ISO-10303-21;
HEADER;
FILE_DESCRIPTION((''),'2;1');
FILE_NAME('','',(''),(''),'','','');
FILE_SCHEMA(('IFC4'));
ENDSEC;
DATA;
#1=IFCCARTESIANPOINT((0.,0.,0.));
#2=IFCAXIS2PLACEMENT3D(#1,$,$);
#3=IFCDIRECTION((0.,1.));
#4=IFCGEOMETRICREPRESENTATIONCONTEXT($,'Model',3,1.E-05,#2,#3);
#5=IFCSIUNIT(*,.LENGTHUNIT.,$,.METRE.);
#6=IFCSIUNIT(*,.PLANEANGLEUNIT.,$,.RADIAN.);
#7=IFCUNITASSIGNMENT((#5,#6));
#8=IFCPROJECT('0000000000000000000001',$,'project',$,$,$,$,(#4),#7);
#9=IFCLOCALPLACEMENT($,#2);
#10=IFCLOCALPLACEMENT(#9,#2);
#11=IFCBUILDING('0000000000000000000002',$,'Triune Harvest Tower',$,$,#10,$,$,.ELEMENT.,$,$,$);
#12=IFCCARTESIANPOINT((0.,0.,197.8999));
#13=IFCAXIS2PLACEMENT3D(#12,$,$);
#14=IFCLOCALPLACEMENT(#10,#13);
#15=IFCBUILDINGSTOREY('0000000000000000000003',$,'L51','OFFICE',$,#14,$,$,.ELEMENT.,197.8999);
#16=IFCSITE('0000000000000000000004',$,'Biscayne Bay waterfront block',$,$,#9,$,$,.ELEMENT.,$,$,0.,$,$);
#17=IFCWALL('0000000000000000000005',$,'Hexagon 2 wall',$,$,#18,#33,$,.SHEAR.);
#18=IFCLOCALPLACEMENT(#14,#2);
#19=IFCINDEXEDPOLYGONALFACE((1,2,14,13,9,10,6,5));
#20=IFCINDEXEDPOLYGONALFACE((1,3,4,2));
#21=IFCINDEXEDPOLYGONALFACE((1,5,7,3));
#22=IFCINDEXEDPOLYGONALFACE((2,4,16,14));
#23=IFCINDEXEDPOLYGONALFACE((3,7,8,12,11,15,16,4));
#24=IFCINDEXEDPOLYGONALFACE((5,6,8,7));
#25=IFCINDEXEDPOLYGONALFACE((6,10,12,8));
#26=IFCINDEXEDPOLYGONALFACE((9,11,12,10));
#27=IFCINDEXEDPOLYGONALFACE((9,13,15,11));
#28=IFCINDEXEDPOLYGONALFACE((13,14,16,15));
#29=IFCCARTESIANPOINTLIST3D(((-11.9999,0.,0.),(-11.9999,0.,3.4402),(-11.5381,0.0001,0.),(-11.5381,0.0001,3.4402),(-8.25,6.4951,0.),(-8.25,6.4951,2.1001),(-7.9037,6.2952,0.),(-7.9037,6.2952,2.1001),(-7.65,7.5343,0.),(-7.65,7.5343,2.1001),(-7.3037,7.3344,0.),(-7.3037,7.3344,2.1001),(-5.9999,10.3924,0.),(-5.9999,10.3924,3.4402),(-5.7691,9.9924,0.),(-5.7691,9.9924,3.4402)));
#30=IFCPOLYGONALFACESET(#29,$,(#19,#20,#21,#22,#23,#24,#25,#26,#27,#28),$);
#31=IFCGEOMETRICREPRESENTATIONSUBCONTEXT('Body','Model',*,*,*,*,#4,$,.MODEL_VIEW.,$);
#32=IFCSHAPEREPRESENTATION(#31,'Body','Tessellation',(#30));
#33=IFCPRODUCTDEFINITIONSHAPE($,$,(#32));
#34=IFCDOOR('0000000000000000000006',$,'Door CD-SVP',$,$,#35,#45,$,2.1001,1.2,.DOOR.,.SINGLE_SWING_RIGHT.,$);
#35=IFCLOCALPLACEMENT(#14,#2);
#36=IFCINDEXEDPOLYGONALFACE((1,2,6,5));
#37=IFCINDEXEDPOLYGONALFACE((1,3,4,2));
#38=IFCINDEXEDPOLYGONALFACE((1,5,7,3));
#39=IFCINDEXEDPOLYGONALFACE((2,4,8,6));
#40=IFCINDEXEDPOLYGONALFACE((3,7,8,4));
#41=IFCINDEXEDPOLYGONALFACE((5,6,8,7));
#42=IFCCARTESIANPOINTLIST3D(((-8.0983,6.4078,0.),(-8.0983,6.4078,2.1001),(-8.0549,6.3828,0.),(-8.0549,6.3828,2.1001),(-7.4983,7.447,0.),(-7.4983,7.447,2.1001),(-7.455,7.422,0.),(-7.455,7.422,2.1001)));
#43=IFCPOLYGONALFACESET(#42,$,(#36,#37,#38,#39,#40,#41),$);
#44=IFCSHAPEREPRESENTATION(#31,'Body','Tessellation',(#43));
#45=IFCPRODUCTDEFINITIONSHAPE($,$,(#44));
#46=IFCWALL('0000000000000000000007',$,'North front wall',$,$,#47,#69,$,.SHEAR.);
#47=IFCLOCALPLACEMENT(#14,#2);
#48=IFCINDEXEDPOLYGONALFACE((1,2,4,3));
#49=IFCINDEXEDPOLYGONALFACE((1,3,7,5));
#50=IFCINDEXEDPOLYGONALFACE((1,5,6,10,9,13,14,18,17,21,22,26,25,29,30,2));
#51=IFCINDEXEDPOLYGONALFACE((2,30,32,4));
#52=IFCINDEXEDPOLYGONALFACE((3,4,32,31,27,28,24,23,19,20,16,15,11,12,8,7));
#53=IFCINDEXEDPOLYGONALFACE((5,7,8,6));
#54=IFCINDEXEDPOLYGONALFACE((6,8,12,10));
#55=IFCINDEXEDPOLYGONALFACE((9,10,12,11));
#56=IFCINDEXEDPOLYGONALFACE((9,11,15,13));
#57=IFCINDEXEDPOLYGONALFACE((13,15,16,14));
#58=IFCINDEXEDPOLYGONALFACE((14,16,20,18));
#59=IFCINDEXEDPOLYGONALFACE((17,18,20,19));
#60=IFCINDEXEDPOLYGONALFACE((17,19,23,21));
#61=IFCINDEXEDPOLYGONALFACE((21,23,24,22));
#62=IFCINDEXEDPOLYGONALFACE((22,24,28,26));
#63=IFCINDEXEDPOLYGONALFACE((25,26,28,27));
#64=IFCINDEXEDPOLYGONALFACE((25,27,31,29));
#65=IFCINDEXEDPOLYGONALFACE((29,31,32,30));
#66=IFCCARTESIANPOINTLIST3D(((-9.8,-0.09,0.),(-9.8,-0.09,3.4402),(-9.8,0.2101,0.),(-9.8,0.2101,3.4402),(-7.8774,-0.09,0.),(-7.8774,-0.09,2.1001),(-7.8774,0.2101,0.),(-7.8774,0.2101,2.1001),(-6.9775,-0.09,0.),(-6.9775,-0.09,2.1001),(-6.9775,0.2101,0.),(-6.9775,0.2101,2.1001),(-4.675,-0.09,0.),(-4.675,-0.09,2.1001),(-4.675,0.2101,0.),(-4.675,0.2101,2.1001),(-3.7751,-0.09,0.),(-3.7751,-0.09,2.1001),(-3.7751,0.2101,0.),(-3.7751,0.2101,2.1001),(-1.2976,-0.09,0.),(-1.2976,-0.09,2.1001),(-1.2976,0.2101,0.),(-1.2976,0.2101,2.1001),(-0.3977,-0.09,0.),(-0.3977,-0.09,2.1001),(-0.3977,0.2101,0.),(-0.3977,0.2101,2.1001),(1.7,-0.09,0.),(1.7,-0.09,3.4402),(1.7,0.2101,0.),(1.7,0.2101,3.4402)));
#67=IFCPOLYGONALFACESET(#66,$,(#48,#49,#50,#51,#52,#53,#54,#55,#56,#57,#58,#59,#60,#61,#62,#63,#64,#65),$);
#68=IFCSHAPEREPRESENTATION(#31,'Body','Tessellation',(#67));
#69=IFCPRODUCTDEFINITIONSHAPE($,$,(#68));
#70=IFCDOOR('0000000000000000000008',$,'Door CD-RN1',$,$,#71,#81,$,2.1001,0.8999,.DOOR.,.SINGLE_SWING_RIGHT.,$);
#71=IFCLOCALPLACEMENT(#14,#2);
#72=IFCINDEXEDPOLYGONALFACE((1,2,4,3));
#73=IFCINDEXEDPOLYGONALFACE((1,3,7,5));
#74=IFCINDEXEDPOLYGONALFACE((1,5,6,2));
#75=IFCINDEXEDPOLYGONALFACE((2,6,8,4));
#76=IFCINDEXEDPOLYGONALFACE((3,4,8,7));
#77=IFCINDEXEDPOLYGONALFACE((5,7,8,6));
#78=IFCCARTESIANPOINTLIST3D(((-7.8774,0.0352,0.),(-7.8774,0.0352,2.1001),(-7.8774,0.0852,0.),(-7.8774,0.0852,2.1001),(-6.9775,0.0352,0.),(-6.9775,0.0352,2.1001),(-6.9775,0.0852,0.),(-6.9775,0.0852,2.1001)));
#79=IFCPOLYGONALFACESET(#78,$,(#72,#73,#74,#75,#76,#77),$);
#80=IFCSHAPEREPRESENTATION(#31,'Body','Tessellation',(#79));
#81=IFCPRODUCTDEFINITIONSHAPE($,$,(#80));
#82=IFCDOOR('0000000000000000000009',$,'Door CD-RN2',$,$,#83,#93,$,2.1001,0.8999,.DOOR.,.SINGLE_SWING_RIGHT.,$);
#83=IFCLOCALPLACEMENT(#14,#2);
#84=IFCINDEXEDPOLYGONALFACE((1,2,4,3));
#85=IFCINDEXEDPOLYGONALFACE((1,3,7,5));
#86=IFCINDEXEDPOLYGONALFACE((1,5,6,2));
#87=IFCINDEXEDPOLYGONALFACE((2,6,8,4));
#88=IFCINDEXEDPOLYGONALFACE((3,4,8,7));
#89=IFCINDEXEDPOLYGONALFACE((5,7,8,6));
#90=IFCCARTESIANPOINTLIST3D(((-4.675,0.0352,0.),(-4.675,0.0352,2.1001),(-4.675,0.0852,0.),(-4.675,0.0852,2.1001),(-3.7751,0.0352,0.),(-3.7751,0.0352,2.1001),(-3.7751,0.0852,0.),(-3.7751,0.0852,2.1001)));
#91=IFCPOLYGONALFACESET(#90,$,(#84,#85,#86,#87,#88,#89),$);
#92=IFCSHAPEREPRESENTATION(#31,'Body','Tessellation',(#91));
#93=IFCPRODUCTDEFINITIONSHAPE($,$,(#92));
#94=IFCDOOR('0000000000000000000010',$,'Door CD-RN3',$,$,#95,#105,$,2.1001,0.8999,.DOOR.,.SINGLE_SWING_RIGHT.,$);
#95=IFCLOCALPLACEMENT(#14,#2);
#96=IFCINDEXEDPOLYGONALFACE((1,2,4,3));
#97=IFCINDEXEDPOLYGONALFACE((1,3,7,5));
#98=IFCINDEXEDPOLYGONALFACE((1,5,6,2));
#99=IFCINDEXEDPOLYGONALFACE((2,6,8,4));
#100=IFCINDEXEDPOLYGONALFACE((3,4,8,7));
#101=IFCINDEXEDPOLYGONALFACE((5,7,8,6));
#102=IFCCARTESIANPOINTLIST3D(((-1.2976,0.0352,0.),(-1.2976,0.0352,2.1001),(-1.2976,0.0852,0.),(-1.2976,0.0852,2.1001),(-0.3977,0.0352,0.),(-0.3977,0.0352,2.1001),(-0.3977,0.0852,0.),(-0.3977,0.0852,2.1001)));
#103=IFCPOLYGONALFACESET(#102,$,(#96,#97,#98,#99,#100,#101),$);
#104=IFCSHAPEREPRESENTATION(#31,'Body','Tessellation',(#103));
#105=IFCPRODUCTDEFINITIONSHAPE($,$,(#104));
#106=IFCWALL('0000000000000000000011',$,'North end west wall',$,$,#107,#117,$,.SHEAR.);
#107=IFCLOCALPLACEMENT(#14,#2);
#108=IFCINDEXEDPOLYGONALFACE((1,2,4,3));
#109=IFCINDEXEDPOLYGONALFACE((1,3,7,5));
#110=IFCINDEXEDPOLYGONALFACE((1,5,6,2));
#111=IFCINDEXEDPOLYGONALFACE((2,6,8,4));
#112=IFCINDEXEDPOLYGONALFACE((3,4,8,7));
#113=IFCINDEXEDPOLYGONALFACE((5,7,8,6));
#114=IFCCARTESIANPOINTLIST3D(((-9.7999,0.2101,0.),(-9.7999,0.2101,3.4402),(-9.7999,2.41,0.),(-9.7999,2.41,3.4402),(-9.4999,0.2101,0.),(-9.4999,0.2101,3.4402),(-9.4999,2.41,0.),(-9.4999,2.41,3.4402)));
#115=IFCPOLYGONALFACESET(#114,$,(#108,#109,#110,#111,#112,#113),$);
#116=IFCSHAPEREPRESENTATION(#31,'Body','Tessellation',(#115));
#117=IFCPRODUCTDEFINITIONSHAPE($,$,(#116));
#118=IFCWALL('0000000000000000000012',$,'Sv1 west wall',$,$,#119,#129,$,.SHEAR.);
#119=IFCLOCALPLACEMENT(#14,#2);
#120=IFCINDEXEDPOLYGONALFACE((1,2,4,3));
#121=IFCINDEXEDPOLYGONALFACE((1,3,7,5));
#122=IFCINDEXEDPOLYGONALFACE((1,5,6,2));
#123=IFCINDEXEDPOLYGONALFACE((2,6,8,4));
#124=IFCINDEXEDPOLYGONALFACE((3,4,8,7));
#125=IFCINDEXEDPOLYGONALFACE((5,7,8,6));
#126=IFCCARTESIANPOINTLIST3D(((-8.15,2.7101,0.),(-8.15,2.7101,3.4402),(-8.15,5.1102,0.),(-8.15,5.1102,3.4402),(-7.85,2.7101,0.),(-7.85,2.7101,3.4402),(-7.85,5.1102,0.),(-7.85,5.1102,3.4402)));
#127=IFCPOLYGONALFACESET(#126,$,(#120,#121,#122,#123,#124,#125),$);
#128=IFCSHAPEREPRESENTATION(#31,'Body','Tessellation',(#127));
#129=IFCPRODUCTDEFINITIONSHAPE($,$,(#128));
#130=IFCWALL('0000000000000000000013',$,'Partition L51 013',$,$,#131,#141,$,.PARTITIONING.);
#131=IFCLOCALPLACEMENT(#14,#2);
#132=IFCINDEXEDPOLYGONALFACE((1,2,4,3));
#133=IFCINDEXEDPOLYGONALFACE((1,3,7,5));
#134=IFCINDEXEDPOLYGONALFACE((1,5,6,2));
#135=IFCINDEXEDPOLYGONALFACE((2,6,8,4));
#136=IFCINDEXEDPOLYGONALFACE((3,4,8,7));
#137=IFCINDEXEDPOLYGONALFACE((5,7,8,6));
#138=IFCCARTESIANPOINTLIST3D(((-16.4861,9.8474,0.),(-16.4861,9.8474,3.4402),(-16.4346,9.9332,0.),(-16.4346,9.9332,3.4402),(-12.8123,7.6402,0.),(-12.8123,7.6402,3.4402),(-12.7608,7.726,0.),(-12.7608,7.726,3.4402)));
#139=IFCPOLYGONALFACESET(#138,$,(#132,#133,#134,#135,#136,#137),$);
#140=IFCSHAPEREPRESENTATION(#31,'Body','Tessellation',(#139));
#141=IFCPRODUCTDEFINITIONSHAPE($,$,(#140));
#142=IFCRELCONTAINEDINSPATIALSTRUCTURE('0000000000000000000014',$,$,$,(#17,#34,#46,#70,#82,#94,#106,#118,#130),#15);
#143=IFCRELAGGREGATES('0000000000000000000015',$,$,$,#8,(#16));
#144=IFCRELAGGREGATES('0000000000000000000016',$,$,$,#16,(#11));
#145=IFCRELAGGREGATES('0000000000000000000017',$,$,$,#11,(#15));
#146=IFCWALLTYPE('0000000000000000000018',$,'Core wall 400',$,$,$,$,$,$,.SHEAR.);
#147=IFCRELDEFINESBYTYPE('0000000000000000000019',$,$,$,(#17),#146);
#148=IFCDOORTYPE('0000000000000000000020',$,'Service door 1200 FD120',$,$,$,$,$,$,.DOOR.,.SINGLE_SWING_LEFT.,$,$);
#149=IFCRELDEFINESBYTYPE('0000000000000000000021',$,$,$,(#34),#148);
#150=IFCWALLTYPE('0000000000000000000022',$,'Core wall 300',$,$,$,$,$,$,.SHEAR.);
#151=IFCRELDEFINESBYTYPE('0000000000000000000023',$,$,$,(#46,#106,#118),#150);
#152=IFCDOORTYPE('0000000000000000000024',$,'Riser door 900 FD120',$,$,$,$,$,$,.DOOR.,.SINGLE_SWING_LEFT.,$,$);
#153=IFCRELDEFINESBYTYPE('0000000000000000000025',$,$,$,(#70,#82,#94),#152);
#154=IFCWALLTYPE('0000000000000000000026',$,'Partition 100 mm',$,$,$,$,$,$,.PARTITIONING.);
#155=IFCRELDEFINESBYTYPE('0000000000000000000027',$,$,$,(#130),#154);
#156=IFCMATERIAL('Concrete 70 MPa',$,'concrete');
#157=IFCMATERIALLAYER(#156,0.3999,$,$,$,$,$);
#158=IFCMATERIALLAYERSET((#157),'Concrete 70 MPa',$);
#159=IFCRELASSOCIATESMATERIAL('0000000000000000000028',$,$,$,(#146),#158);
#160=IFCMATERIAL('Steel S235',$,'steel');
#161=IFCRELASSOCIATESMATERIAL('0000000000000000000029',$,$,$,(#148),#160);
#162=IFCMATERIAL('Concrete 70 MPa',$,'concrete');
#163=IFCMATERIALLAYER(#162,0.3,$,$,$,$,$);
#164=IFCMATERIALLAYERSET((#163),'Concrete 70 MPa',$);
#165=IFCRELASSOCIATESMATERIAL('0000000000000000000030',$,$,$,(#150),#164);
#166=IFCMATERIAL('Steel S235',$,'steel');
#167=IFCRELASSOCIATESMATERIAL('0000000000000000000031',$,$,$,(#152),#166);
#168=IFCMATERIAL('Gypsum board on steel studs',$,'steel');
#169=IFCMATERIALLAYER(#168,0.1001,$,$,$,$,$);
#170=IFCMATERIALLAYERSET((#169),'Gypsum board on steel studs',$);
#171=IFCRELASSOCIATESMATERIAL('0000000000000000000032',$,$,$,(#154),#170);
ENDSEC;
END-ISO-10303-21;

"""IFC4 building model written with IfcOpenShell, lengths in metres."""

from ifc_helpers import new_model, si_unit, direction, frame, frame_2d, origin, place, context, subcontext, project, spatial, polyline, rectangle, outline, extrude, source, transform, mapped, material, layer, layer_set, type_object, element, fill, save


model = new_model("IFC4")

# Units and contexts
model_context = context("Model", 3, precision=1e-05, world=origin(), true_north=direction((0.0, 1.0)))
body_context = subcontext(model_context, "Body", "Model", "MODEL_VIEW")
ifc_project = project(units=[si_unit("LENGTHUNIT", "METRE"), si_unit("PLANEANGLEUNIT", "RADIAN")], contexts=[model_context])

# Site, building, storey
site_placement = place(None, origin())
site = spatial("IfcSite", under=ifc_project, at=site_placement, Name="Biscayne Bay waterfront block", CompositionType="ELEMENT", RefElevation=0.0)
building_placement = place(site_placement, origin())
building = spatial("IfcBuilding", under=site, at=building_placement, Name="Triune Harvest Tower", CompositionType="ELEMENT")
storey_placement = place(building_placement, frame((0.0, 0.0, 197.8999)))
storey = spatial("IfcBuildingStorey", under=building, at=storey_placement, Name="L51", Description="OFFICE", CompositionType="ELEMENT", Elevation=197.8999)

# Wall, opening, door
ifc_material_1 = material(Name="Concrete 70 MPa", Category="concrete")
ifc_layer_1 = layer(ifc_material_1, 0.3999)
ifc_layer_set_1 = layer_set([ifc_layer_1], Name="Concrete 70 MPa")
wall_type_1 = type_object("IfcWallType", Name="Core wall 400", PredefinedType="SHEAR", material=ifc_layer_set_1)
shared_shape_1 = source(origin(), body_context, "Body", "SweptSolid", [
    extrude(outline(polyline([(-0.1155, -0.2), (11.8845, -0.2), (11.6536, 0.2), (0.1155, 0.2), (-0.1155, -0.2)])), origin(), (0.0, 0.0, 1.0), 3.4402),
])
wall_1_placement = place(storey_placement, frame((-5.8845, 10.1924, 0.0), z_axis=(0.0, 0.0, 1.0), x_axis=(-0.499997, -0.866027, 0.0)))
wall_1 = element("IfcWall", 1, at=wall_1_placement, inside=storey, type_object=wall_type_1, Name="Hexagon 2 wall", PredefinedType="SHEAR", context=body_context, shape_type="MappedRepresentation", body=[
    mapped(shared_shape_1, transform((0.0, 0.0, 0.0), scale=1.0)),
])
opening_1_placement = place(wall_1_placement, frame((3.1846, 0.0, 0.0)))
opening_1 = element("IfcOpeningElement", 2, at=opening_1_placement, cuts=wall_1, PredefinedType="OPENING", context=body_context, shape_type="SweptSolid", body=[
    extrude(rectangle(XDim=1.2, YDim=2.1001, at=frame_2d((0.6001, 1.05))), frame((0.0, 0.21, 0.0), z_axis=(0.0, -1.0, 0.0), x_axis=(1.0, 0.0, 0.0)), (0.0, 0.0, 1.0), 0.4199),
])
ifc_material_2 = material(Name="Steel S235", Category="steel")
door_type_1 = type_object("IfcDoorType", Name="Service door 1200 FD120", OperationType="SINGLE_SWING_LEFT", PredefinedType="DOOR", material=ifc_material_2)
door_1_placement = place(opening_1_placement, frame((1.2, 0.0, 0.0), z_axis=(0.0, 0.0, 1.0), x_axis=(-1.0, 0.0, 0.0)))
door_1 = element("IfcDoor", 3, at=door_1_placement, inside=storey, type_object=door_type_1, Name="Door CD-SVP", OperationType="SINGLE_SWING_RIGHT", OverallHeight=2.1001, OverallWidth=1.2, PredefinedType="DOOR", context=body_context, shape_type="SweptSolid", body=[
    extrude(rectangle(XDim=1.2, YDim=2.1001, at=frame_2d((0.6001, 1.05))), frame((0.0, 0.0249, 0.0), z_axis=(0.0, -1.0, 0.0), x_axis=(1.0, 0.0, 0.0)), (0.0, 0.0, 1.0), 0.05),
])
fill(opening_1, door_1)

# Wall, openings, doors
ifc_material_3 = material(Name="Concrete 70 MPa", Category="concrete")
ifc_layer_2 = layer(ifc_material_3, 0.3)
ifc_layer_set_2 = layer_set([ifc_layer_2], Name="Concrete 70 MPa")
wall_type_2 = type_object("IfcWallType", Name="Core wall 300", PredefinedType="SHEAR", material=ifc_layer_set_2)
shared_shape_2 = source(origin(), body_context, "Body", "SweptSolid", [
    extrude(rectangle(XDim=11.5, YDim=0.3, at=frame_2d((5.75, 0.0))), origin(), (0.0, 0.0, 1.0), 3.4402),
])
wall_2_placement = place(storey_placement, frame((-9.8, 0.0601, 0.0), z_axis=(0.0, 0.0, 1.0), x_axis=(1.0, 0.0, 0.0)))
wall_2 = element("IfcWall", 4, at=wall_2_placement, inside=storey, type_object=wall_type_2, Name="North front wall", PredefinedType="SHEAR", context=body_context, shape_type="MappedRepresentation", body=[
    mapped(shared_shape_2, transform((0.0, 0.0, 0.0), scale=1.0)),
])
opening_2_placement = place(wall_2_placement, frame((1.9226, 0.0, 0.0)))
opening_2 = element("IfcOpeningElement", 5, at=opening_2_placement, cuts=wall_2, PredefinedType="OPENING", context=body_context, shape_type="SweptSolid", body=[
    extrude(rectangle(XDim=0.8999, YDim=2.1001, at=frame_2d((0.45, 1.05))), frame((0.0, 0.1602, 0.0), z_axis=(0.0, -1.0, 0.0), x_axis=(1.0, 0.0, 0.0)), (0.0, 0.0, 1.0), 0.3201),
])
opening_3_placement = place(wall_2_placement, frame((5.125, 0.0, 0.0)))
opening_3 = element("IfcOpeningElement", 6, at=opening_3_placement, cuts=wall_2, PredefinedType="OPENING", context=body_context, shape_type="SweptSolid", body=[
    extrude(rectangle(XDim=0.8999, YDim=2.1001, at=frame_2d((0.45, 1.05))), frame((0.0, 0.1602, 0.0), z_axis=(0.0, -1.0, 0.0), x_axis=(1.0, 0.0, 0.0)), (0.0, 0.0, 1.0), 0.3201),
])
opening_4_placement = place(wall_2_placement, frame((8.5024, 0.0, 0.0)))
opening_4 = element("IfcOpeningElement", 7, at=opening_4_placement, cuts=wall_2, PredefinedType="OPENING", context=body_context, shape_type="SweptSolid", body=[
    extrude(rectangle(XDim=0.8999, YDim=2.1001, at=frame_2d((0.45, 1.05))), frame((0.0, 0.1602, 0.0), z_axis=(0.0, -1.0, 0.0), x_axis=(1.0, 0.0, 0.0)), (0.0, 0.0, 1.0), 0.3201),
])
ifc_material_4 = material(Name="Steel S235", Category="steel")
door_type_2 = type_object("IfcDoorType", Name="Riser door 900 FD120", OperationType="SINGLE_SWING_LEFT", PredefinedType="DOOR", material=ifc_material_4)
door_2_placement = place(opening_2_placement, frame((0.8999, 0.0, 0.0), z_axis=(0.0, 0.0, 1.0), x_axis=(-1.0, 0.0, 0.0)))
door_2 = element("IfcDoor", 8, at=door_2_placement, inside=storey, type_object=door_type_2, Name="Door CD-RN1", OperationType="SINGLE_SWING_RIGHT", OverallHeight=2.1001, OverallWidth=0.8999, PredefinedType="DOOR", context=body_context, shape_type="SweptSolid", body=[
    extrude(rectangle(XDim=0.8999, YDim=2.1001, at=frame_2d((0.45, 1.05))), frame((0.0, 0.0249, 0.0), z_axis=(0.0, -1.0, 0.0), x_axis=(1.0, 0.0, 0.0)), (0.0, 0.0, 1.0), 0.05),
])
fill(opening_2, door_2)
door_3_placement = place(opening_3_placement, frame((0.8999, 0.0, 0.0), z_axis=(0.0, 0.0, 1.0), x_axis=(-1.0, 0.0, 0.0)))
door_3 = element("IfcDoor", 9, at=door_3_placement, inside=storey, type_object=door_type_2, Name="Door CD-RN2", OperationType="SINGLE_SWING_RIGHT", OverallHeight=2.1001, OverallWidth=0.8999, PredefinedType="DOOR", context=body_context, shape_type="SweptSolid", body=[
    extrude(rectangle(XDim=0.8999, YDim=2.1001, at=frame_2d((0.45, 1.05))), frame((0.0, 0.0249, 0.0), z_axis=(0.0, -1.0, 0.0), x_axis=(1.0, 0.0, 0.0)), (0.0, 0.0, 1.0), 0.05),
])
fill(opening_3, door_3)
door_4_placement = place(opening_4_placement, frame((0.8999, 0.0, 0.0), z_axis=(0.0, 0.0, 1.0), x_axis=(-1.0, 0.0, 0.0)))
door_4 = element("IfcDoor", 10, at=door_4_placement, inside=storey, type_object=door_type_2, Name="Door CD-RN3", OperationType="SINGLE_SWING_RIGHT", OverallHeight=2.1001, OverallWidth=0.8999, PredefinedType="DOOR", context=body_context, shape_type="SweptSolid", body=[
    extrude(rectangle(XDim=0.8999, YDim=2.1001, at=frame_2d((0.45, 1.05))), frame((0.0, 0.0249, 0.0), z_axis=(0.0, -1.0, 0.0), x_axis=(1.0, 0.0, 0.0)), (0.0, 0.0, 1.0), 0.05),
])
fill(opening_4, door_4)

# Walls
shared_shape_3 = source(origin(), body_context, "Body", "SweptSolid", [
    extrude(rectangle(XDim=2.2, YDim=0.3, at=frame_2d((1.1001, 0.0))), origin(), (0.0, 0.0, 1.0), 3.4402),
])
wall_3_placement = place(storey_placement, frame((-9.6499, 0.21, 0.0), z_axis=(0.0, 0.0, 1.0), x_axis=(0.0, 1.0, 0.0)))
element("IfcWall", 11, at=wall_3_placement, inside=storey, type_object=wall_type_2, Name="North end west wall", PredefinedType="SHEAR", context=body_context, shape_type="MappedRepresentation", body=[
    mapped(shared_shape_3, transform((0.0, 0.0, 0.0), scale=1.0)),
])
shared_shape_4 = source(origin(), body_context, "Body", "SweptSolid", [
    extrude(rectangle(XDim=2.4001, YDim=0.3, at=frame_2d((1.2002, 0.0))), origin(), (0.0, 0.0, 1.0), 3.4402),
])
wall_4_placement = place(storey_placement, frame((-8.0, 2.71, 0.0), z_axis=(0.0, 0.0, 1.0), x_axis=(0.0, 1.0, 0.0)))
element("IfcWall", 12, at=wall_4_placement, inside=storey, type_object=wall_type_2, Name="Sv1 west wall", PredefinedType="SHEAR", context=body_context, shape_type="MappedRepresentation", body=[
    mapped(shared_shape_4, transform((0.0, 0.0, 0.0), scale=1.0)),
])
ifc_material_5 = material(Name="Gypsum board on steel studs", Category="steel")
ifc_layer_3 = layer(ifc_material_5, 0.1001)
ifc_layer_set_3 = layer_set([ifc_layer_3], Name="Gypsum board on steel studs")
wall_type_3 = type_object("IfcWallType", Name="Partition 100 mm", PredefinedType="PARTITIONING", material=ifc_layer_set_3)
shared_shape_5 = source(origin(), body_context, "Body", "SweptSolid", [
    extrude(rectangle(XDim=4.2859, YDim=0.1001, at=frame_2d((2.1431, 0.0))), origin(), (0.0, 0.0, 1.0), 3.4402),
])
wall_5_placement = place(storey_placement, frame((-16.4604, 9.8904, 0.0), z_axis=(0.0, 0.0, 1.0), x_axis=(0.857186, -0.515007, 0.0)))
element("IfcWall", 13, at=wall_5_placement, inside=storey, type_object=wall_type_3, Name="Partition L51 013", PredefinedType="PARTITIONING", context=body_context, shape_type="MappedRepresentation", body=[
    mapped(shared_shape_5, transform((0.0, 0.0, 0.0), scale=1.0)),
])

save(model, "model.ifc")
